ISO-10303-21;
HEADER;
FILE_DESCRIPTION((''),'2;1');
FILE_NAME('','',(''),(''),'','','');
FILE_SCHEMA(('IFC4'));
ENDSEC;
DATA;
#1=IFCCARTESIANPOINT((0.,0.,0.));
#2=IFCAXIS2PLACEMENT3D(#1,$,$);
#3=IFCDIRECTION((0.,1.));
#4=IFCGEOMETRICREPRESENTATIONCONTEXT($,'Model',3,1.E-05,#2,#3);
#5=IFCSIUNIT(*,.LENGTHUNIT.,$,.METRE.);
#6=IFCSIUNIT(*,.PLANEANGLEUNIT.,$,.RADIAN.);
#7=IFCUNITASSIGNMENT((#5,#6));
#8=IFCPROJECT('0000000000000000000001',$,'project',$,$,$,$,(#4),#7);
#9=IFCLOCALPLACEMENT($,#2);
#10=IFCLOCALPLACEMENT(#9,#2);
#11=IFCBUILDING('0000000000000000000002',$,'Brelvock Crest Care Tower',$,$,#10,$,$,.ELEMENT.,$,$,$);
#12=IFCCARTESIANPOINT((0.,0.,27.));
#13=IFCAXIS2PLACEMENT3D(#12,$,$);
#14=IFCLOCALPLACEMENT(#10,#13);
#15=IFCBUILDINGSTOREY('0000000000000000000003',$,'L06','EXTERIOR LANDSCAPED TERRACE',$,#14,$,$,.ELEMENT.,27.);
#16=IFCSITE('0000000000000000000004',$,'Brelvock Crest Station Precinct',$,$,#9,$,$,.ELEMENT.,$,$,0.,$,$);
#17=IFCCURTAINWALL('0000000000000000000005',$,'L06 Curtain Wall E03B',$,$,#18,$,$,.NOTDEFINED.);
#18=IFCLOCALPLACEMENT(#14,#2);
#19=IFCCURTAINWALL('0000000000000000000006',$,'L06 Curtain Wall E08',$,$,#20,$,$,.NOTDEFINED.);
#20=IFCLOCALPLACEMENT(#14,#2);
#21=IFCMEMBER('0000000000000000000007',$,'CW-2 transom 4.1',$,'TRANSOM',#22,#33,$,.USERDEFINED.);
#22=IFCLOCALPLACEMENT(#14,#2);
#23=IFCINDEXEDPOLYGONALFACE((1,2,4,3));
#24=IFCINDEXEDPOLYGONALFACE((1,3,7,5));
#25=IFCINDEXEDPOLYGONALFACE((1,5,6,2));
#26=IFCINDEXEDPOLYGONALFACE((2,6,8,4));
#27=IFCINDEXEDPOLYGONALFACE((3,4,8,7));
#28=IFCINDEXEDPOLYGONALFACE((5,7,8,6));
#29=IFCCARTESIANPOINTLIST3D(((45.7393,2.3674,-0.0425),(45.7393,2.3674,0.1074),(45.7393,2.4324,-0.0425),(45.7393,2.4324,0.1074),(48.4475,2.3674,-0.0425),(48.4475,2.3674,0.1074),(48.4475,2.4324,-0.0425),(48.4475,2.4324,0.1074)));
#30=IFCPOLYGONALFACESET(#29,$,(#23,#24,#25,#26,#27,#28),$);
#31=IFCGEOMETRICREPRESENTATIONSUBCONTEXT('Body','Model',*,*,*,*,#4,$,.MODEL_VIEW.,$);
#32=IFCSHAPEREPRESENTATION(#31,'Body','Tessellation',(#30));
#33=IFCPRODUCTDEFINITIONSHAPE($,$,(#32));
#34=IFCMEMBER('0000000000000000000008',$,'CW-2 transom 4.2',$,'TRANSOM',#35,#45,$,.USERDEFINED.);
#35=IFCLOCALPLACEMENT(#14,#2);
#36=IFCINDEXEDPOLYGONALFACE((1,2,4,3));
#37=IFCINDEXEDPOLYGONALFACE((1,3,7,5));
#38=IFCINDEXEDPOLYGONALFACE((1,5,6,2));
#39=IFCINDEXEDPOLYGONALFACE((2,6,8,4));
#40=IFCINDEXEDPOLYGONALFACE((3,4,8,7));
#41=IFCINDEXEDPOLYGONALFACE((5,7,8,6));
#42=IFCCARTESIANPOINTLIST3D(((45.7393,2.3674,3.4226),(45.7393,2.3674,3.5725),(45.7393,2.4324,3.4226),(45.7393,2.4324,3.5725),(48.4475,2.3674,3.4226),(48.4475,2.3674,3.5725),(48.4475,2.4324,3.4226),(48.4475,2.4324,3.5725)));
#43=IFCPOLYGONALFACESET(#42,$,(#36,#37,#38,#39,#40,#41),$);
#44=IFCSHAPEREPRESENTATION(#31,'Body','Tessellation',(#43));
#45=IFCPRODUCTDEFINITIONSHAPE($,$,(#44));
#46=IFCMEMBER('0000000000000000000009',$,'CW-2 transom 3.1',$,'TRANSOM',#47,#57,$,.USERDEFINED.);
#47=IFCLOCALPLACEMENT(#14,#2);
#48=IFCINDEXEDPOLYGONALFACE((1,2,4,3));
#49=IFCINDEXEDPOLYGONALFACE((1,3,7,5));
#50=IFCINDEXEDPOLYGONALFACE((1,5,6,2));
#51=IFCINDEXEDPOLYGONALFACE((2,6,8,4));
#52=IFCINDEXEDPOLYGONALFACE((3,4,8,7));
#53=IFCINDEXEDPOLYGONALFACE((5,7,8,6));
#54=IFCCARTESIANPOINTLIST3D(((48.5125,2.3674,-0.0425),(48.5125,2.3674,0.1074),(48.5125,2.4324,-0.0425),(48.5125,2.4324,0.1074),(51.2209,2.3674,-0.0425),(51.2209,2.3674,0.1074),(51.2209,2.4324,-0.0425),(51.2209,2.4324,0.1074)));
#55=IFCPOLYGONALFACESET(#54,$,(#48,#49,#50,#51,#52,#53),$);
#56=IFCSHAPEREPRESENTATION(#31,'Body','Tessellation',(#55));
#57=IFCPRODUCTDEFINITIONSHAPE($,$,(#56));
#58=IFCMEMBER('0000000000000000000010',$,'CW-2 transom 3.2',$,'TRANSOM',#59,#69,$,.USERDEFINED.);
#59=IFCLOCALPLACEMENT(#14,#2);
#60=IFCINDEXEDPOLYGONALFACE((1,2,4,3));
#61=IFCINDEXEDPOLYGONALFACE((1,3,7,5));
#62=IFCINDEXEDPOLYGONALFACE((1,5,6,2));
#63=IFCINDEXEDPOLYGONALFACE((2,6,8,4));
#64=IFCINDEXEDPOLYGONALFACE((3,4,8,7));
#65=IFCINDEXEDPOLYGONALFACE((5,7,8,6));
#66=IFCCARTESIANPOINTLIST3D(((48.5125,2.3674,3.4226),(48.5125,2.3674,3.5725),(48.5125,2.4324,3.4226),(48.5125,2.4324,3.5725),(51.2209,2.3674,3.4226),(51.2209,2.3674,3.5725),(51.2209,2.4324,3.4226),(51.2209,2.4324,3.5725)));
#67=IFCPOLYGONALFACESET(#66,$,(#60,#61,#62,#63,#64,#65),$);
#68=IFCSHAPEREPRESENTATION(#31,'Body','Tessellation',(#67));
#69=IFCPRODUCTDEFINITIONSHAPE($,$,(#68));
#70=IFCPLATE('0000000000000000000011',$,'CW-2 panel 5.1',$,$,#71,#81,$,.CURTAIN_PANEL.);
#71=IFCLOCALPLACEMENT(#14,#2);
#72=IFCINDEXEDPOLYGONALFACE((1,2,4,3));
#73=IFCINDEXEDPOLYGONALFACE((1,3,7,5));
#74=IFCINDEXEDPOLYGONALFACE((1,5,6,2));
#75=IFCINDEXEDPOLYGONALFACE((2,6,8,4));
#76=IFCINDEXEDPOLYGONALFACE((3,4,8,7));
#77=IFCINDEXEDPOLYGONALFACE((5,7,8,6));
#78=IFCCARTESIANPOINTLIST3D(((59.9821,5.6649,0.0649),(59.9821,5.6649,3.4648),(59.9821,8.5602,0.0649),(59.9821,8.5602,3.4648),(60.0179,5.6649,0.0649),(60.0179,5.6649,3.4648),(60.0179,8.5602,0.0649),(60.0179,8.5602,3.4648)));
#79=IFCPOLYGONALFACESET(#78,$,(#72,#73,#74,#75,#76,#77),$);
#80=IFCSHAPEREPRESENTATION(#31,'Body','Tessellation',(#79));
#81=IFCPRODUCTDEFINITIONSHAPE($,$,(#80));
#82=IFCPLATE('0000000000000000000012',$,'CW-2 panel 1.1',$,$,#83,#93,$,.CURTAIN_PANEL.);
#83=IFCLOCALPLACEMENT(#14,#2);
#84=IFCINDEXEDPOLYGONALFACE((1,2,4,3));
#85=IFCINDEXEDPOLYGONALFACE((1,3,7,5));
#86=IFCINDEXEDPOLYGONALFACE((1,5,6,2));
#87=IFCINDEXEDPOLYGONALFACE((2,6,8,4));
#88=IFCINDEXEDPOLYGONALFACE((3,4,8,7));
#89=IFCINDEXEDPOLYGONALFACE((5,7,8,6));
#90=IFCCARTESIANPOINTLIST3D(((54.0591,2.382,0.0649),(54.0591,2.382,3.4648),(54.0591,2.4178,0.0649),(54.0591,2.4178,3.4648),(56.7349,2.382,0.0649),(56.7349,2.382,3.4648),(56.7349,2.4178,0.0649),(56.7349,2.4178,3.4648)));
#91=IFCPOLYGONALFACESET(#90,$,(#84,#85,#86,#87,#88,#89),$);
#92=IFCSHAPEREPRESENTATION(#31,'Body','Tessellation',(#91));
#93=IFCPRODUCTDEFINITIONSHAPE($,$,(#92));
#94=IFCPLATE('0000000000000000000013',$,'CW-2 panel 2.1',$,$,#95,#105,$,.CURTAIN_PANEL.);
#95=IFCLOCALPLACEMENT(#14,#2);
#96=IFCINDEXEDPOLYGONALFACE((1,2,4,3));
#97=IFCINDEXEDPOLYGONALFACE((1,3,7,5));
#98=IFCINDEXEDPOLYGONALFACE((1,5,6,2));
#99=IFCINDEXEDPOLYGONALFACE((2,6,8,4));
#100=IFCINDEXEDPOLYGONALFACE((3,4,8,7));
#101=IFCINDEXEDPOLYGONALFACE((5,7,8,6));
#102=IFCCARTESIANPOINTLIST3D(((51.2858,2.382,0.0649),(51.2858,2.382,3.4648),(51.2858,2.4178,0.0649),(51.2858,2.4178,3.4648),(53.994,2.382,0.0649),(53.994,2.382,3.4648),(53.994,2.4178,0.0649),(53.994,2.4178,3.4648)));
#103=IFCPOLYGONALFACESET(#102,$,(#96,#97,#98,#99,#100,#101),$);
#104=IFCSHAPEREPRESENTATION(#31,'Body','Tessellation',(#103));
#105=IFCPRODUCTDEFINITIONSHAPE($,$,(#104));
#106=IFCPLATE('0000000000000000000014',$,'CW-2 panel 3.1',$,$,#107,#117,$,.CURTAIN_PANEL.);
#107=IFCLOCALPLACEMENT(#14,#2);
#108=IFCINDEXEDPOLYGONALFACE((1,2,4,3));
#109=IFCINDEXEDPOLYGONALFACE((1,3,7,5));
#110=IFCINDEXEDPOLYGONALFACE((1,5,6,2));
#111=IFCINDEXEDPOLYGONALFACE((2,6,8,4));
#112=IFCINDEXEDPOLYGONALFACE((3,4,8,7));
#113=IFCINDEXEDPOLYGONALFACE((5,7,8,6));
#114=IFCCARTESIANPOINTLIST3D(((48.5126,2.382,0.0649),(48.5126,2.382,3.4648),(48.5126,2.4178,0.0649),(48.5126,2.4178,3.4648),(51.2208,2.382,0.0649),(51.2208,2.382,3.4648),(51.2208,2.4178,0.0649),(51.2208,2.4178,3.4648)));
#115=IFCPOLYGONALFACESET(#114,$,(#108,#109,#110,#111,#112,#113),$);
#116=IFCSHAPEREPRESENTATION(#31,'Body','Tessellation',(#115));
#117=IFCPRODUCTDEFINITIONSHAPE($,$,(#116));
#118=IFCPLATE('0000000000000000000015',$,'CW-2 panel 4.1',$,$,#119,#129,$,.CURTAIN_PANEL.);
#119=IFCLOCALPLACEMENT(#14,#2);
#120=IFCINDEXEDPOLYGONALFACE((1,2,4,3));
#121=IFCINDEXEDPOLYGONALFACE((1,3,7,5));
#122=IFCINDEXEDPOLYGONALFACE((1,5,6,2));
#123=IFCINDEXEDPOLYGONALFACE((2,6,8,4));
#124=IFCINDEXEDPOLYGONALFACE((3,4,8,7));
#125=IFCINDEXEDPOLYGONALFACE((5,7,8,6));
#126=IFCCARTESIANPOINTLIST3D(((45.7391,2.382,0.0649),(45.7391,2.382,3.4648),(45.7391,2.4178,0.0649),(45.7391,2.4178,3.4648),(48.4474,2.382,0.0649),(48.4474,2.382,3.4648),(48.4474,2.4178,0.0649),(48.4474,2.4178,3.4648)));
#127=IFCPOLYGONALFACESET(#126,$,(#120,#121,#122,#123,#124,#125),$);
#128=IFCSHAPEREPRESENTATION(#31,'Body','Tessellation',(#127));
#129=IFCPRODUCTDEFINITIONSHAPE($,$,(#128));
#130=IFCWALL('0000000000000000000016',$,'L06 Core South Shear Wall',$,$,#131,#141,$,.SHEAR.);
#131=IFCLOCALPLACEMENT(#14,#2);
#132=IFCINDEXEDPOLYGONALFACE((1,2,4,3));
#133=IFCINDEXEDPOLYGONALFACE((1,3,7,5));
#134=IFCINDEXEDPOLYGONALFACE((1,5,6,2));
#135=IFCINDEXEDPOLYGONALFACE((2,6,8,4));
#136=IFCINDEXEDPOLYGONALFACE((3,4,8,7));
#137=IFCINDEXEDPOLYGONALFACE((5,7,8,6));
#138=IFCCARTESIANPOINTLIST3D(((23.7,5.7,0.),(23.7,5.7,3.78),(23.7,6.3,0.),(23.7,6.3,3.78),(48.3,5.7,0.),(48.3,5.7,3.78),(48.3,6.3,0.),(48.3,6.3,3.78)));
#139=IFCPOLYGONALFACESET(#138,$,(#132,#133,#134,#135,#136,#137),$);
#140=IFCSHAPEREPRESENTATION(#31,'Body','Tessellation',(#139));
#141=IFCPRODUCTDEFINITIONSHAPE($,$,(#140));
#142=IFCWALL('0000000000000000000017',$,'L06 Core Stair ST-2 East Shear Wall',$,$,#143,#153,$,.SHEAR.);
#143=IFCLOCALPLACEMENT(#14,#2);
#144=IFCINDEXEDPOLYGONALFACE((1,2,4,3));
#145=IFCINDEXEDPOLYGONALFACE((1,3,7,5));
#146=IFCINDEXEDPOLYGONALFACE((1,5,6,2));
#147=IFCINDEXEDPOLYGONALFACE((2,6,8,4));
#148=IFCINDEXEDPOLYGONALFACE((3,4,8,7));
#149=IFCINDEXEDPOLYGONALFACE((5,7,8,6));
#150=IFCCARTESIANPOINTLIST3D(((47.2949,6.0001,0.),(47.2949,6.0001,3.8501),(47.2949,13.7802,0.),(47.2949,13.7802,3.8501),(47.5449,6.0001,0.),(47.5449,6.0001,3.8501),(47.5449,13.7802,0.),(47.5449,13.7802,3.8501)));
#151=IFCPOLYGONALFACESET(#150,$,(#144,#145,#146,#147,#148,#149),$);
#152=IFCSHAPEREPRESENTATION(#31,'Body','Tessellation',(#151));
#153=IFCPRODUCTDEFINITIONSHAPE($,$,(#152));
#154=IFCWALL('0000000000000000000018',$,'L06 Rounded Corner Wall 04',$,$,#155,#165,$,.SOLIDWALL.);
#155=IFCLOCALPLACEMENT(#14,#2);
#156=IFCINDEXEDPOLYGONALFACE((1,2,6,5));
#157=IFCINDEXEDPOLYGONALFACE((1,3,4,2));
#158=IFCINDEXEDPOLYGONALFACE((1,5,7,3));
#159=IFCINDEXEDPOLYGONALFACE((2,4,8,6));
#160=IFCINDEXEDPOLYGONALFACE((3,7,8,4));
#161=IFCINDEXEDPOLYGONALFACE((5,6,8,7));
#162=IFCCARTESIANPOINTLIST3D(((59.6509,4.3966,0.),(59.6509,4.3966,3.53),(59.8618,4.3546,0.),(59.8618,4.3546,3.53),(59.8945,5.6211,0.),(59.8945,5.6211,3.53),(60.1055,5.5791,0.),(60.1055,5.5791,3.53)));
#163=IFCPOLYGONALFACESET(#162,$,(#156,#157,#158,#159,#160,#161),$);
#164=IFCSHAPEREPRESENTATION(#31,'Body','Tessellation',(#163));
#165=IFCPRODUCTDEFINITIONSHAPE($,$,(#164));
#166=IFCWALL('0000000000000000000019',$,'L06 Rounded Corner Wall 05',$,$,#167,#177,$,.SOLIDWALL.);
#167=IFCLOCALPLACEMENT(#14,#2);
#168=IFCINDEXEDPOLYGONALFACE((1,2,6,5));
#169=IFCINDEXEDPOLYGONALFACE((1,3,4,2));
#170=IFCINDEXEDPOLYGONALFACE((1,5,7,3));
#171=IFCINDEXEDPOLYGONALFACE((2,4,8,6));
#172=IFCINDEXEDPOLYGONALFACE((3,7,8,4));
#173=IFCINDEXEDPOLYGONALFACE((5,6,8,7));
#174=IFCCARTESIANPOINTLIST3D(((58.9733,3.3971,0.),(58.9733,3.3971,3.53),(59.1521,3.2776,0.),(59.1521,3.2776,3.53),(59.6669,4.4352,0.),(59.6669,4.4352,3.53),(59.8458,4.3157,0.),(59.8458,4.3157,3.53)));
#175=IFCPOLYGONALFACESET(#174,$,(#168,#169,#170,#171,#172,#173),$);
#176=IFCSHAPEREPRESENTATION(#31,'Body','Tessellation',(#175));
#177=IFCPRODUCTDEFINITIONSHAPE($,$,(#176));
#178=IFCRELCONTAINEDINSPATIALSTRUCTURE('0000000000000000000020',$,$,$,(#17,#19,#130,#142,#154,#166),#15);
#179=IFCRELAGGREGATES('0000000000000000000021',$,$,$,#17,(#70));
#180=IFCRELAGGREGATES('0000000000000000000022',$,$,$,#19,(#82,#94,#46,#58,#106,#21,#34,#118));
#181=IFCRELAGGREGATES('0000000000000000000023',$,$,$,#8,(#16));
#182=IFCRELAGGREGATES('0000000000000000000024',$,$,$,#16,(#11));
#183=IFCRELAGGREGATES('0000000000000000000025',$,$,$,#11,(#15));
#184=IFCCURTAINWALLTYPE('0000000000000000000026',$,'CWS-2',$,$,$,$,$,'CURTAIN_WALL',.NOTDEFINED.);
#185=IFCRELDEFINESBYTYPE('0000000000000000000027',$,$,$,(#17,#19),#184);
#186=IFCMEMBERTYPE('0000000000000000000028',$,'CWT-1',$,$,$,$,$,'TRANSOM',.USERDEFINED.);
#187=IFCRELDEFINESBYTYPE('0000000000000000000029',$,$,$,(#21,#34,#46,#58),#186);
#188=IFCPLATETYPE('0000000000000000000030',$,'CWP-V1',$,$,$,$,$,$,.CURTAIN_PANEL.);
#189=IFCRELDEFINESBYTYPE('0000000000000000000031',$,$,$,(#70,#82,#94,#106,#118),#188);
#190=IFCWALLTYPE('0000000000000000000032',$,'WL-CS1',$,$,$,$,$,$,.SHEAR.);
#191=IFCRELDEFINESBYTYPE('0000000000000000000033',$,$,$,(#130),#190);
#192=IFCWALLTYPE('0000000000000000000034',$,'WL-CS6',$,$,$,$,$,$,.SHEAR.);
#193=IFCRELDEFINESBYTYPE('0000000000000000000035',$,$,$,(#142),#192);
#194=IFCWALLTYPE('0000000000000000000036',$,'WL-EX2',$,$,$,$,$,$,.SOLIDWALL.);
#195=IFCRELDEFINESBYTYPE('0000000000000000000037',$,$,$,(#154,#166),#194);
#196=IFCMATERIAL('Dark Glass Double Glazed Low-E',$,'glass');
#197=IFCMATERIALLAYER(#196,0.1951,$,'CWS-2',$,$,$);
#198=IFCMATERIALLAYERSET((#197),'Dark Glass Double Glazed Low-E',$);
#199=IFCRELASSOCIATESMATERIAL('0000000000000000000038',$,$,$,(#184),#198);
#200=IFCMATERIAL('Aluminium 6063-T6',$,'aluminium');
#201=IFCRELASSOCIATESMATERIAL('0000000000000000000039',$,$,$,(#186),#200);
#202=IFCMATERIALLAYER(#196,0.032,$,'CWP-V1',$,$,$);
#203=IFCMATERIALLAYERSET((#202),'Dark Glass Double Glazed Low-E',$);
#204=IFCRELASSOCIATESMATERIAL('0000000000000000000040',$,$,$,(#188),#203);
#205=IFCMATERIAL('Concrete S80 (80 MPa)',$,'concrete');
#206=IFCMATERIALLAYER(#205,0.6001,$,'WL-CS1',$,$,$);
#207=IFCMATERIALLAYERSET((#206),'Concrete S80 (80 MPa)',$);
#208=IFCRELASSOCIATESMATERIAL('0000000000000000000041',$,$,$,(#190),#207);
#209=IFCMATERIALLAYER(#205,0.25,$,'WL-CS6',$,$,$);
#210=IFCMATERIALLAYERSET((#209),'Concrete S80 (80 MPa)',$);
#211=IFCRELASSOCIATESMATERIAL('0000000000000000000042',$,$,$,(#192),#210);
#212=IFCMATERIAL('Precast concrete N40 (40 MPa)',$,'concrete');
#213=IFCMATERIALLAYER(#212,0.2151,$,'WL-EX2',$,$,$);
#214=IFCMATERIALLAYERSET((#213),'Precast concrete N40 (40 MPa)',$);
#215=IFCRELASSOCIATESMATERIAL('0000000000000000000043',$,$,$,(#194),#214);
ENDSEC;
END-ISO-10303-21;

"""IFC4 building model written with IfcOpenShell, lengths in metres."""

from ifc_helpers import new_model, si_unit, direction, frame, frame_2d, origin, origin_2d, place, context, subcontext, project, spatial, rectangle, extrude, source, transform, mapped, material, layer, layer_set, material_profile, profile_set, type_object, element, aggregate, save


model = new_model("IFC4")

# Units and contexts
model_context = context("Model", 3, precision=1e-05, world=origin(), true_north=direction((0.0, 1.0)))
body_context = subcontext(model_context, "Body", "Model", "MODEL_VIEW")
ifc_project = project(units=[si_unit("LENGTHUNIT", "METRE"), si_unit("PLANEANGLEUNIT", "RADIAN")], contexts=[model_context])

# Site, building, storey
site_placement = place(None, origin())
site = spatial("IfcSite", under=ifc_project, at=site_placement, Name="Brelvock Crest Station Precinct", CompositionType="ELEMENT", RefElevation=0.0)
building_placement = place(site_placement, origin())
building = spatial("IfcBuilding", under=site, at=building_placement, Name="Brelvock Crest Care Tower", CompositionType="ELEMENT")
storey_placement = place(building_placement, frame((0.0, 0.0, 27.0)))
storey = spatial("IfcBuildingStorey", under=building, at=storey_placement, Name="L06", Description="EXTERIOR LANDSCAPED TERRACE", CompositionType="ELEMENT", Elevation=27.0)

# Shared definitions
ifc_material_1 = material(Name="Concrete S80 (80 MPa)", Category="concrete")

# Curtain wall
ifc_material_2 = material(Name="Dark Glass Double Glazed Low-E", Category="glass")
ifc_layer_1 = layer(ifc_material_2, 0.1951, Name="CWS-2")
ifc_layer_set_1 = layer_set([ifc_layer_1], Name="Dark Glass Double Glazed Low-E")
curtain_wall_type = type_object("IfcCurtainWallType", Name="CWS-2", ElementType="CURTAIN_WALL", PredefinedType="NOTDEFINED", material=ifc_layer_set_1)
curtain_wall_1_placement = place(storey_placement, origin())
curtain_wall_1 = element("IfcCurtainWall", 1, at=curtain_wall_1_placement, inside=storey, type_object=curtain_wall_type, Name="L06 Curtain Wall E03B", PredefinedType="NOTDEFINED")
ifc_material_3 = material(Name="Aluminium 6063-T6", Category="aluminium")

# Curtain wall, members
curtain_wall_2_placement = place(storey_placement, origin())
curtain_wall_2 = element("IfcCurtainWall", 2, at=curtain_wall_2_placement, inside=storey, type_object=curtain_wall_type, Name="L06 Curtain Wall E08", PredefinedType="NOTDEFINED")
ifc_material_profile_1 = material_profile(ifc_material_3, rectangle(XDim=0.0649, YDim=0.1499, at=origin_2d()), Name="ALU65x150")
ifc_profile_set_1 = profile_set([ifc_material_profile_1], Name="Aluminium 6063-T6")
member_type_1 = type_object("IfcMemberType", Name="CWT-1", ElementType="TRANSOM", PredefinedType="USERDEFINED", material=ifc_profile_set_1)
shared_shape_1 = source(origin(), body_context, "Body", "SweptSolid", [
    extrude(rectangle(XDim=0.0649, YDim=0.1499, at=origin_2d()), origin(), (0.0, 0.0, 1.0), 2.7083),
])
member_1_placement = place(storey_placement, frame((48.4475, 2.3999, 0.0325), z_axis=(-1.0, 0.0, 0.0), x_axis=(0.0, -1.0, 0.0)))
member_1 = element("IfcMember", 3, at=member_1_placement, type_object=member_type_1, Name="CW-2 transom 4.1", ObjectType="TRANSOM", PredefinedType="USERDEFINED", context=body_context, shape_type="MappedRepresentation", body=[
    mapped(shared_shape_1, transform((0.0, 0.0, 0.0), x_axis=(1.0, 0.0, 0.0), y_axis=(0.0, 1.0, 0.0), z_axis=(0.0, 0.0, 1.0), scale=1.0)),
])
member_2_placement = place(storey_placement, frame((48.4475, 2.3999, 3.4976), z_axis=(-1.0, 0.0, 0.0), x_axis=(0.0, -1.0, 0.0)))
member_2 = element("IfcMember", 4, at=member_2_placement, type_object=member_type_1, Name="CW-2 transom 4.2", ObjectType="TRANSOM", PredefinedType="USERDEFINED", context=body_context, shape_type="MappedRepresentation", body=[
    mapped(shared_shape_1, transform((0.0, 0.0, 0.0), x_axis=(1.0, 0.0, 0.0), y_axis=(0.0, 1.0, 0.0), z_axis=(0.0, 0.0, 1.0), scale=1.0)),
])
shared_shape_2 = source(origin(), body_context, "Body", "SweptSolid", [
    extrude(rectangle(XDim=0.0649, YDim=0.1499, at=origin_2d()), origin(), (0.0, 0.0, 1.0), 2.7085),
])
member_3_placement = place(storey_placement, frame((51.2209, 2.3999, 0.0325), z_axis=(-1.0, 0.0, 0.0), x_axis=(0.0, -1.0, 0.0)))
member_3 = element("IfcMember", 5, at=member_3_placement, type_object=member_type_1, Name="CW-2 transom 3.1", ObjectType="TRANSOM", PredefinedType="USERDEFINED", context=body_context, shape_type="MappedRepresentation", body=[
    mapped(shared_shape_2, transform((0.0, 0.0, 0.0), x_axis=(1.0, 0.0, 0.0), y_axis=(0.0, 1.0, 0.0), z_axis=(0.0, 0.0, 1.0), scale=1.0)),
])
member_4_placement = place(storey_placement, frame((51.2209, 2.3999, 3.4976), z_axis=(-1.0, 0.0, 0.0), x_axis=(0.0, -1.0, 0.0)))
member_4 = element("IfcMember", 6, at=member_4_placement, type_object=member_type_1, Name="CW-2 transom 3.2", ObjectType="TRANSOM", PredefinedType="USERDEFINED", context=body_context, shape_type="MappedRepresentation", body=[
    mapped(shared_shape_2, transform((0.0, 0.0, 0.0), x_axis=(1.0, 0.0, 0.0), y_axis=(0.0, 1.0, 0.0), z_axis=(0.0, 0.0, 1.0), scale=1.0)),
])

# Plates
ifc_layer_2 = layer(ifc_material_2, 0.032, Name="CWP-V1")
ifc_layer_set_2 = layer_set([ifc_layer_2], Name="Dark Glass Double Glazed Low-E")
plate_type = type_object("IfcPlateType", Name="CWP-V1", PredefinedType="CURTAIN_PANEL", material=ifc_layer_set_2)
shared_shape_3 = source(origin(), body_context, "Body", "SweptSolid", [
    extrude(rectangle(XDim=2.8953, YDim=0.0359, at=origin_2d()), origin(), (0.0, 0.0, 1.0), 3.3999),
])
plate_1_placement = place(storey_placement, frame((60.0, 7.1125, 0.0649), z_axis=(0.0, 0.0, 1.0), x_axis=(0.0, -1.0, 0.0)))
plate_1 = element("IfcPlate", 7, at=plate_1_placement, type_object=plate_type, Name="CW-2 panel 5.1", PredefinedType="CURTAIN_PANEL", context=body_context, shape_type="MappedRepresentation", body=[
    mapped(shared_shape_3, transform((0.0, 0.0, 0.0), x_axis=(1.0, 0.0, 0.0), y_axis=(0.0, 1.0, 0.0), z_axis=(0.0, 0.0, 1.0), scale=1.0)),
])
aggregate(curtain_wall_1, [plate_1])
shared_shape_4 = source(origin(), body_context, "Body", "SweptSolid", [
    extrude(rectangle(XDim=2.6758, YDim=0.0359, at=origin_2d()), origin(), (0.0, 0.0, 1.0), 3.3999),
])
plate_2_placement = place(storey_placement, frame((55.397, 2.3999, 0.0649), z_axis=(0.0, 0.0, 1.0), x_axis=(-1.0, 0.0, 0.0)))
plate_2 = element("IfcPlate", 8, at=plate_2_placement, type_object=plate_type, Name="CW-2 panel 1.1", PredefinedType="CURTAIN_PANEL", context=body_context, shape_type="MappedRepresentation", body=[
    mapped(shared_shape_4, transform((0.0, 0.0, 0.0), x_axis=(1.0, 0.0, 0.0), y_axis=(0.0, 1.0, 0.0), z_axis=(0.0, 0.0, 1.0), scale=1.0)),
])
shared_shape_5 = source(origin(), body_context, "Body", "SweptSolid", [
    extrude(rectangle(XDim=2.7083, YDim=0.0359, at=origin_2d()), origin(), (0.0, 0.0, 1.0), 3.3999),
])
plate_3_placement = place(storey_placement, frame((52.6399, 2.3999, 0.0649), z_axis=(0.0, 0.0, 1.0), x_axis=(-1.0, 0.0, 0.0)))
plate_3 = element("IfcPlate", 9, at=plate_3_placement, type_object=plate_type, Name="CW-2 panel 2.1", PredefinedType="CURTAIN_PANEL", context=body_context, shape_type="MappedRepresentation", body=[
    mapped(shared_shape_5, transform((0.0, 0.0, 0.0), x_axis=(1.0, 0.0, 0.0), y_axis=(0.0, 1.0, 0.0), z_axis=(0.0, 0.0, 1.0), scale=1.0)),
])
plate_4_placement = place(storey_placement, frame((49.8667, 2.3999, 0.0649), z_axis=(0.0, 0.0, 1.0), x_axis=(-1.0, 0.0, 0.0)))
plate_4 = element("IfcPlate", 10, at=plate_4_placement, type_object=plate_type, Name="CW-2 panel 3.1", PredefinedType="CURTAIN_PANEL", context=body_context, shape_type="MappedRepresentation", body=[
    mapped(shared_shape_5, transform((0.0, 0.0, 0.0), x_axis=(1.0, 0.0, 0.0), y_axis=(0.0, 1.0, 0.0), z_axis=(0.0, 0.0, 1.0), scale=1.0)),
])
plate_5_placement = place(storey_placement, frame((47.0933, 2.3999, 0.0649), z_axis=(0.0, 0.0, 1.0), x_axis=(-1.0, 0.0, 0.0)))
plate_5 = element("IfcPlate", 11, at=plate_5_placement, type_object=plate_type, Name="CW-2 panel 4.1", PredefinedType="CURTAIN_PANEL", context=body_context, shape_type="MappedRepresentation", body=[
    mapped(shared_shape_5, transform((0.0, 0.0, 0.0), x_axis=(1.0, 0.0, 0.0), y_axis=(0.0, 1.0, 0.0), z_axis=(0.0, 0.0, 1.0), scale=1.0)),
])
aggregate(curtain_wall_2, [plate_2, plate_3, member_3, member_4, plate_4, member_1, member_2, plate_5])

# Walls
ifc_layer_3 = layer(ifc_material_1, 0.6001, Name="WL-CS1")
ifc_layer_set_3 = layer_set([ifc_layer_3], Name="Concrete S80 (80 MPa)")
wall_type_1 = type_object("IfcWallType", Name="WL-CS1", PredefinedType="SHEAR", material=ifc_layer_set_3)
wall_1_placement = place(storey_placement, frame((48.3, 6.0, 0.0), z_axis=(0.0, 0.0, 1.0), x_axis=(-1.0, 0.0, 0.0)))
element("IfcWall", 12, at=wall_1_placement, inside=storey, type_object=wall_type_1, Name="L06 Core South Shear Wall", PredefinedType="SHEAR", context=body_context, shape_type="SweptSolid", body=[
    extrude(rectangle(XDim=24.6001, YDim=0.6001, at=frame_2d((12.3, 0.0))), origin(), (0.0, 0.0, 1.0), 3.78),
])
ifc_layer_4 = layer(ifc_material_1, 0.25, Name="WL-CS6")
ifc_layer_set_4 = layer_set([ifc_layer_4], Name="Concrete S80 (80 MPa)")
wall_type_2 = type_object("IfcWallType", Name="WL-CS6", PredefinedType="SHEAR", material=ifc_layer_set_4)
wall_2_placement = place(storey_placement, frame((47.4199, 6.0, 0.0), z_axis=(0.0, 0.0, 1.0), x_axis=(0.0, 1.0, 0.0)))
element("IfcWall", 13, at=wall_2_placement, inside=storey, type_object=wall_type_2, Name="L06 Core Stair ST-2 East Shear Wall", PredefinedType="SHEAR", context=body_context, shape_type="SweptSolid", body=[
    extrude(rectangle(XDim=7.78, YDim=0.25, at=frame_2d((3.8901, 0.0))), origin(), (0.0, 0.0, 1.0), 3.8501),
])
ifc_material_4 = material(Name="Precast concrete N40 (40 MPa)", Category="concrete")
ifc_layer_5 = layer(ifc_material_4, 0.2151, Name="WL-EX2")
ifc_layer_set_5 = layer_set([ifc_layer_5], Name="Precast concrete N40 (40 MPa)")
wall_type_3 = type_object("IfcWallType", Name="WL-EX2", PredefinedType="SOLIDWALL", material=ifc_layer_set_5)
for number, where, z_axis, x_axis, name in (
    (14, (60.0, 5.6001, 0.0), (0.0, 0.0, 1.0), (-0.195138, -0.980776, 0.0), "L06 Rounded Corner Wall 04"),
    (15, (59.7563, 4.3755, 0.0), (0.0, 0.0, 1.0), (-0.555557, -0.831478, 0.0), "L06 Rounded Corner Wall 05"),
):
    element("IfcWall", number, at=place(storey_placement, frame(where, z_axis=z_axis, x_axis=x_axis)), inside=storey, type_object=wall_type_3, Name=name, PredefinedType="SOLIDWALL", context=body_context, shape_type="SweptSolid", body=[
        extrude(rectangle(XDim=1.2485, YDim=0.2151, at=frame_2d((0.6243, 0.0))), origin(), (0.0, 0.0, 1.0), 3.53),
    ])

save(model, "model.ifc")
